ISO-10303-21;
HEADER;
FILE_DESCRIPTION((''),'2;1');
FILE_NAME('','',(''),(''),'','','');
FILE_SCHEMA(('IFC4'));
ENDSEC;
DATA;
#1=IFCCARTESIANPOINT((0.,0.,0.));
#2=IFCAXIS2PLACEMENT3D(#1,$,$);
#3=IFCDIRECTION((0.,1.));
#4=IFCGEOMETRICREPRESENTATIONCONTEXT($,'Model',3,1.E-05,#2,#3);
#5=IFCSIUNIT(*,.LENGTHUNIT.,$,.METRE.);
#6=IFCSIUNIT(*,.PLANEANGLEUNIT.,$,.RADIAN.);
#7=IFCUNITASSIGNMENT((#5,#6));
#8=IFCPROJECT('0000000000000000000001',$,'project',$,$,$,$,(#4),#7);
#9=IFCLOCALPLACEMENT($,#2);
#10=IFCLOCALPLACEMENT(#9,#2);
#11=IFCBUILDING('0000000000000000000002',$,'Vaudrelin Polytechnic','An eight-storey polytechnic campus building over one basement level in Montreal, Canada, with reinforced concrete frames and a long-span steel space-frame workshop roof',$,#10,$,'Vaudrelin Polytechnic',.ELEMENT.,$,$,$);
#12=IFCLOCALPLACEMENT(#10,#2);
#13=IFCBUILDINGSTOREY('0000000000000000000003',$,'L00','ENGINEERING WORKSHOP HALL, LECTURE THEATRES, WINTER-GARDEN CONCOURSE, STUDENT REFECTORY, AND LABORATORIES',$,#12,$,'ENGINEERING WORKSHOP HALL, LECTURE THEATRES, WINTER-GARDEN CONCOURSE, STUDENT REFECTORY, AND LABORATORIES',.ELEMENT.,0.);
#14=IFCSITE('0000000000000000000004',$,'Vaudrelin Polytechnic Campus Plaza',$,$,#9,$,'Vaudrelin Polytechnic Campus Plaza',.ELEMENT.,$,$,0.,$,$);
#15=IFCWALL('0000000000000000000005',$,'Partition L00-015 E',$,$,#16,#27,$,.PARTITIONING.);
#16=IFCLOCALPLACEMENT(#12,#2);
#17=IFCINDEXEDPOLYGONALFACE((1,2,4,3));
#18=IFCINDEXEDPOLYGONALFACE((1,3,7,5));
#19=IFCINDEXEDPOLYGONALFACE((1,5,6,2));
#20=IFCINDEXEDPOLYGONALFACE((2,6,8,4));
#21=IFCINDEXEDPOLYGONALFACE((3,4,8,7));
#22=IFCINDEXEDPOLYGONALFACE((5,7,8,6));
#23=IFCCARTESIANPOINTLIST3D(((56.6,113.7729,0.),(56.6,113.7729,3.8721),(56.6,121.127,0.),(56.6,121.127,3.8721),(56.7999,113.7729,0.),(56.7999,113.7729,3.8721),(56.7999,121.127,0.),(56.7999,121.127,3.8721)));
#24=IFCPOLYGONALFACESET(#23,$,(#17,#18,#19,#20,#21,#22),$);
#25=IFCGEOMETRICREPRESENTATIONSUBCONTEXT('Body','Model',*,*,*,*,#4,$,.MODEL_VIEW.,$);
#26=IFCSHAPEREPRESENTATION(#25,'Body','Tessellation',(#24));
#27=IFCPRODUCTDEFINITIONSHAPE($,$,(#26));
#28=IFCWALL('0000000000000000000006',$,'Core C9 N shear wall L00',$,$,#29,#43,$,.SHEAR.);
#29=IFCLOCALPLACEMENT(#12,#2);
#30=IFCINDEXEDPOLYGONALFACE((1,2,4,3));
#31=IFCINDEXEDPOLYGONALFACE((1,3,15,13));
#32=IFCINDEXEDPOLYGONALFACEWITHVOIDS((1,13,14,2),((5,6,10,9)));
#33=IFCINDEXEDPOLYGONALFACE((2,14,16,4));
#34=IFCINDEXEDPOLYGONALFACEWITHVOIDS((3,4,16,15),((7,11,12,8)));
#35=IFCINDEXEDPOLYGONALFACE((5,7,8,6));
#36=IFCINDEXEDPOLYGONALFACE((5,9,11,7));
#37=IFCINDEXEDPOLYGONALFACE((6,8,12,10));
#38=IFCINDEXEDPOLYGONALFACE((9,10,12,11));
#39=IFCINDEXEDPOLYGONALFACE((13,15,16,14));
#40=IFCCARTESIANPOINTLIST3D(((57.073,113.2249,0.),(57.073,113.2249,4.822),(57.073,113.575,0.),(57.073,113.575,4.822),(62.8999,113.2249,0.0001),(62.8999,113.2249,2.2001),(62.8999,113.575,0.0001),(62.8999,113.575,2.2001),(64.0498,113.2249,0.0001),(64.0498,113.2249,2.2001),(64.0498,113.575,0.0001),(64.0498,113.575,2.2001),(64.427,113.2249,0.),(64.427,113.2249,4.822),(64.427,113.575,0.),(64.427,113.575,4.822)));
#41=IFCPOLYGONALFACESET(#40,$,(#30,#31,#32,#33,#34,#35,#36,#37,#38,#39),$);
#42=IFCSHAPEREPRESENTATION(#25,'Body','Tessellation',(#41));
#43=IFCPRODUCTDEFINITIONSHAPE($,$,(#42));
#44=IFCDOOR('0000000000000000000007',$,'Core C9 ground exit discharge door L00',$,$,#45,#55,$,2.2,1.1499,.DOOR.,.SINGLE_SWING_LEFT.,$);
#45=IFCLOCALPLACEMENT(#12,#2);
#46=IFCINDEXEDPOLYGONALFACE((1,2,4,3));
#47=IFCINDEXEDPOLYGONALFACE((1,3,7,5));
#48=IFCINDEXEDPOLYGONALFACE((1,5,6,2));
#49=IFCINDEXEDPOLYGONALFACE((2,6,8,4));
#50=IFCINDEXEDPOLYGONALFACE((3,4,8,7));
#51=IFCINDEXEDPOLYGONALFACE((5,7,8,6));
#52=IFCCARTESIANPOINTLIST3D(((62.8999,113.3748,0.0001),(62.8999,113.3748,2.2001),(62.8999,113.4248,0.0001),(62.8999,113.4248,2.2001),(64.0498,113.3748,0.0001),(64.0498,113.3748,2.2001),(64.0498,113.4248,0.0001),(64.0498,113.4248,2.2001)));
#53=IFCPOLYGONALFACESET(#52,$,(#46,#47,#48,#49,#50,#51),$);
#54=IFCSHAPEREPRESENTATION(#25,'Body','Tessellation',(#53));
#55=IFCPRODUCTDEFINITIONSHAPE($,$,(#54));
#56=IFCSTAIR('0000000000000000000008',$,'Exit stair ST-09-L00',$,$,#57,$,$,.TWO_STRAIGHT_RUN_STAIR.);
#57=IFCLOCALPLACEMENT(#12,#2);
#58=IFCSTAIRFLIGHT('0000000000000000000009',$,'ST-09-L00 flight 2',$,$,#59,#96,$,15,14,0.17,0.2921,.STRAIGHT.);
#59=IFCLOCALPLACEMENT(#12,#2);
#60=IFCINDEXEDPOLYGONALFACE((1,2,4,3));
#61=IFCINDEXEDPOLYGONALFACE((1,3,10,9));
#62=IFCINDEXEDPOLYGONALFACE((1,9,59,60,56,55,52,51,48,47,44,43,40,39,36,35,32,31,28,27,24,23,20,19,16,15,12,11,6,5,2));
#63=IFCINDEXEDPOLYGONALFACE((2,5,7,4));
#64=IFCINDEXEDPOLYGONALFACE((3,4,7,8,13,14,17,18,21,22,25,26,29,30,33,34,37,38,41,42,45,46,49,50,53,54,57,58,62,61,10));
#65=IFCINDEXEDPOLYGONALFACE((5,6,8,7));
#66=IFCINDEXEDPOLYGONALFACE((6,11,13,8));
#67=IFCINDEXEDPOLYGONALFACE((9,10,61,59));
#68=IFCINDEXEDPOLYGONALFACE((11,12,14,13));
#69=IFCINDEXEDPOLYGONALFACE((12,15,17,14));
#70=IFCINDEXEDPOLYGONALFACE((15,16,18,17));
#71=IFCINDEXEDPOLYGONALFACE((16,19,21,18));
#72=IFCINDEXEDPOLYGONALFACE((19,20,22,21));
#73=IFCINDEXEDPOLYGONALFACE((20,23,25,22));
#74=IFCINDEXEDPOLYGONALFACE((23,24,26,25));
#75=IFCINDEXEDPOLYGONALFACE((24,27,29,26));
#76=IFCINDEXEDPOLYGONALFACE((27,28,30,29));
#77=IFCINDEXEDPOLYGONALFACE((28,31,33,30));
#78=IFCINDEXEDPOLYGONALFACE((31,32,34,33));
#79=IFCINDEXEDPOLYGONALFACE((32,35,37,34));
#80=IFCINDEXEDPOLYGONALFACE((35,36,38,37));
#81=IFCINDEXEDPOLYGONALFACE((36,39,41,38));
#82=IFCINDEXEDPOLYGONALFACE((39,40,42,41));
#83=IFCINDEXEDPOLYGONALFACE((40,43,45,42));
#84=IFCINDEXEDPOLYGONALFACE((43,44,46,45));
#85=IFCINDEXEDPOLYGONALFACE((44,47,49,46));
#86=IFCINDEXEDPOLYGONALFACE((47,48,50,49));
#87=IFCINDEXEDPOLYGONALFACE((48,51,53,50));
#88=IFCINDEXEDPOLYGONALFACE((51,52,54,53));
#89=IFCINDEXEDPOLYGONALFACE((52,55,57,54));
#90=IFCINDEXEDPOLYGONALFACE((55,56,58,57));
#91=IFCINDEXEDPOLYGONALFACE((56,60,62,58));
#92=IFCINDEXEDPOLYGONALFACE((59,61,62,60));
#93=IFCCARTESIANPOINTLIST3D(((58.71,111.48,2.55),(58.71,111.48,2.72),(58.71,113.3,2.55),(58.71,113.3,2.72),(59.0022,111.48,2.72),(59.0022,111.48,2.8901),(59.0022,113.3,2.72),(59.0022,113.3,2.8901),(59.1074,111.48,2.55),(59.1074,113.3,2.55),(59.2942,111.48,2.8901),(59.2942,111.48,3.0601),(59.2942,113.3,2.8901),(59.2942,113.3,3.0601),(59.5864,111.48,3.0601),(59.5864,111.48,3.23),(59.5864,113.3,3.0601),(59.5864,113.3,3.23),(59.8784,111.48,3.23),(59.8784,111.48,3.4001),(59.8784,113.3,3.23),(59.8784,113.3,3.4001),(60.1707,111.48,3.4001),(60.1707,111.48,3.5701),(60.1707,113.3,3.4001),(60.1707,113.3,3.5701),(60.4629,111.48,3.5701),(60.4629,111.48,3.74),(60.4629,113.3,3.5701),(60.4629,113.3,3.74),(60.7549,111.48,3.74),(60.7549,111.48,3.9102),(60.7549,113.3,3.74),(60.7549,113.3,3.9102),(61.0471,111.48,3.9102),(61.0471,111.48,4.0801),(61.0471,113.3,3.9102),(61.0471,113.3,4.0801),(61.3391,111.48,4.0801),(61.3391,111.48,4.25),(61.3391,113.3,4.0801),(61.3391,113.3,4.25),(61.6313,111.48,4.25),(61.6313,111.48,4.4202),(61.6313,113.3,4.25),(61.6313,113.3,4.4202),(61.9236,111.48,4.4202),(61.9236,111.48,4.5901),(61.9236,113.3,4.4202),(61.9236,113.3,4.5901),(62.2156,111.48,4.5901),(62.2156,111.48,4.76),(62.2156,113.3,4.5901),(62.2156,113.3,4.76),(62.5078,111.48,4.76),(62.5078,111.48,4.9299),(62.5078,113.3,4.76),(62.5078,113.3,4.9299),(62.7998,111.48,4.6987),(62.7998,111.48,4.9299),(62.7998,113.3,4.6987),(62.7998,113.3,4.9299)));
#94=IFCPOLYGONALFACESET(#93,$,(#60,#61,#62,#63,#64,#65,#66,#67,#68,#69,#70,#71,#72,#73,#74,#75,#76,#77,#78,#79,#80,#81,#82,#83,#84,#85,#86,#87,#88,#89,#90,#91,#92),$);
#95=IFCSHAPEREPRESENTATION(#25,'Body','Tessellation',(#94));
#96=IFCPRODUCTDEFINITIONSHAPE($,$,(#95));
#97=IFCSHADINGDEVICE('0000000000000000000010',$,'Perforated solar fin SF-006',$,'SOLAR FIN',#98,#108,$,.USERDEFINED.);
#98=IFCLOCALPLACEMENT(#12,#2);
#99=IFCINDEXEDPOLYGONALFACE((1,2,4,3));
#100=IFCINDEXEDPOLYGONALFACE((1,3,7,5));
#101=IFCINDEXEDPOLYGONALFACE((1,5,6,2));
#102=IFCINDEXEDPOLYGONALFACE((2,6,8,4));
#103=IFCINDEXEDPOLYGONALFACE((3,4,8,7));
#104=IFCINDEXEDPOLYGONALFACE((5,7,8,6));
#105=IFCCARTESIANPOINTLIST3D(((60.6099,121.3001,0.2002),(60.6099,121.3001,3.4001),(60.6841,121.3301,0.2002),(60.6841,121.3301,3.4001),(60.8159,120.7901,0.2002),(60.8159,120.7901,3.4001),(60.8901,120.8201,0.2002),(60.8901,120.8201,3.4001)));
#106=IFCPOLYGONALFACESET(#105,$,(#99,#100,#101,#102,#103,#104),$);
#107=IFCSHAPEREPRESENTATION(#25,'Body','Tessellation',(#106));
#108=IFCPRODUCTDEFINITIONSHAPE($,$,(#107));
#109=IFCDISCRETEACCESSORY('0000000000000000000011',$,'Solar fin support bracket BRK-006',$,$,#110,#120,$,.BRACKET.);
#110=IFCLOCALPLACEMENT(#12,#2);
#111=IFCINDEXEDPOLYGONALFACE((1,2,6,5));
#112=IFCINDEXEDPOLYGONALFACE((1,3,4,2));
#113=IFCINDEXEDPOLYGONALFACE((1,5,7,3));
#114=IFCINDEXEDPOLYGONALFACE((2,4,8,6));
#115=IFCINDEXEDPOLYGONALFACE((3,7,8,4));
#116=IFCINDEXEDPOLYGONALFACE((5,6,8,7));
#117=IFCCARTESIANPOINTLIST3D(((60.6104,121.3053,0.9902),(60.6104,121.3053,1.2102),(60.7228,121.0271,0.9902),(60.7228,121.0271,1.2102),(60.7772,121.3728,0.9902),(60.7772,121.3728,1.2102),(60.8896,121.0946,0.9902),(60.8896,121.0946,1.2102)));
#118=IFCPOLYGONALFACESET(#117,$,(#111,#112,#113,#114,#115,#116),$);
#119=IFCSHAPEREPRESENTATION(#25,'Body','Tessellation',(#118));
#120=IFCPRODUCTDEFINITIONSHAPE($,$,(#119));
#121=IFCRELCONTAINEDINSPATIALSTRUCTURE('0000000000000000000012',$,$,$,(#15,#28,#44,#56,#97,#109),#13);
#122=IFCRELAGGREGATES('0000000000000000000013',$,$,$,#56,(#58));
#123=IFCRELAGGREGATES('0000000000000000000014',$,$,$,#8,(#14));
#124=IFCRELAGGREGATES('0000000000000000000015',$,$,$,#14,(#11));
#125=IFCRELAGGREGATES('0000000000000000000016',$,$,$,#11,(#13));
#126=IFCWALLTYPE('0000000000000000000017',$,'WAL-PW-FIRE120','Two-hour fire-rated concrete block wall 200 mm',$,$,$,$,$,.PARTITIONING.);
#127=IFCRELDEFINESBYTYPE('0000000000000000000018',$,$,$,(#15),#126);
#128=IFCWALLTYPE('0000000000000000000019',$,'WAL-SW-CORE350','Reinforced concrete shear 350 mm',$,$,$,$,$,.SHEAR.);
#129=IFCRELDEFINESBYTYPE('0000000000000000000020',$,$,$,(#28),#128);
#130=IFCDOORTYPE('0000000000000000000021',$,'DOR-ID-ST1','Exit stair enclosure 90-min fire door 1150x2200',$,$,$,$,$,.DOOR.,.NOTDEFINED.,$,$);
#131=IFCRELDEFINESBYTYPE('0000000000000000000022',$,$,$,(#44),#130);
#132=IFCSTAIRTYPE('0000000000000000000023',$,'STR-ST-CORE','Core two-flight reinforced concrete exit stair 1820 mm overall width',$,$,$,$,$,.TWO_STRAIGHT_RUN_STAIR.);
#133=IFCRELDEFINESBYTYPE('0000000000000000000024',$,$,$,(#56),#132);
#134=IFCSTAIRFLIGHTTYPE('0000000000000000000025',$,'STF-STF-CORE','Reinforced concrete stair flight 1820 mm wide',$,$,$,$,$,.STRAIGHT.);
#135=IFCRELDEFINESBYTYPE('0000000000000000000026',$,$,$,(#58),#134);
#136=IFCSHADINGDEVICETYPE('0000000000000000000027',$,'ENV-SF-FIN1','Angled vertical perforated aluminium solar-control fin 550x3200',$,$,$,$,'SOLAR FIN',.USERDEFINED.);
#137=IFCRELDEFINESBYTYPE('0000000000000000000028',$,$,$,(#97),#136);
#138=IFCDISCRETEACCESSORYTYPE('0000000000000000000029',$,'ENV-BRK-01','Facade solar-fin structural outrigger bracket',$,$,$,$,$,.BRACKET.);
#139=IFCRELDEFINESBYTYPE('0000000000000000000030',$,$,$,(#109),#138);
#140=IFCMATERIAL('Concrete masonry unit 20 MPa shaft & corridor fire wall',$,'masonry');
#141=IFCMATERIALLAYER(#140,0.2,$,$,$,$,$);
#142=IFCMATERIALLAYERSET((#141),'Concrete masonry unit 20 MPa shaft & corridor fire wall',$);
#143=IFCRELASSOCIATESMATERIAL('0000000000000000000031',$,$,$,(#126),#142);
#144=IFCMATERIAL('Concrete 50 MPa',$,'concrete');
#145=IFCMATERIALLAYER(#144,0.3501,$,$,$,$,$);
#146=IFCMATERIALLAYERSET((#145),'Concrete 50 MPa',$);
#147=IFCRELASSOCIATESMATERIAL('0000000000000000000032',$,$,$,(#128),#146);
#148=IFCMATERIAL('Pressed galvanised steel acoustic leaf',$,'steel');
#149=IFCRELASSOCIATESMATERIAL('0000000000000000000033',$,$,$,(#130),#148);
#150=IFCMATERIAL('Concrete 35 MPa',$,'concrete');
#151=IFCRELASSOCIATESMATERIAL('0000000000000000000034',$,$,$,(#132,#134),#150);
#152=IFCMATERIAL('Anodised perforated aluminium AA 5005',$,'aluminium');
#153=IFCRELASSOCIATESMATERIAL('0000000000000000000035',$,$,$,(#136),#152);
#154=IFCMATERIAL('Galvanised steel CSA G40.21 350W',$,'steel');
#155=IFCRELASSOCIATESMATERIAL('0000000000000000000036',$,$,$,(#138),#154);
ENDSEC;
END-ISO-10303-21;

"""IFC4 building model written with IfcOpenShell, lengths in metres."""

from ifc_helpers import new_model, si_unit, direction, frame, frame_2d, origin, origin_2d, place, context, subcontext, project, spatial, polyline, rectangle, outline, extrude, material, layer, layer_set, type_object, element, fill, aggregate, save


model = new_model("IFC4")

# Units and contexts
model_context = context("Model", 3, precision=1e-05, world=origin(), true_north=direction((0.0, 1.0)))
body_context = subcontext(model_context, "Body", "Model", "MODEL_VIEW")
ifc_project = project(units=[si_unit("LENGTHUNIT", "METRE"), si_unit("PLANEANGLEUNIT", "RADIAN")], contexts=[model_context])

# Site, building, storey
site_placement = place(None, origin())
site = spatial("IfcSite", under=ifc_project, at=site_placement, Name="Vaudrelin Polytechnic Campus Plaza", LongName="Vaudrelin Polytechnic Campus Plaza", CompositionType="ELEMENT", RefElevation=0.0)
building_placement = place(site_placement, origin())
building = spatial("IfcBuilding", under=site, at=building_placement, Name="Vaudrelin Polytechnic", Description="An eight-storey polytechnic campus building over one basement level in Montreal, Canada, with reinforced concrete frames and a long-span steel space-frame workshop roof", LongName="Vaudrelin Polytechnic", CompositionType="ELEMENT")
storey_placement = place(building_placement, origin())
storey = spatial("IfcBuildingStorey", under=building, at=storey_placement, Name="L00", Description="ENGINEERING WORKSHOP HALL, LECTURE THEATRES, WINTER-GARDEN CONCOURSE, STUDENT REFECTORY, AND LABORATORIES", LongName="ENGINEERING WORKSHOP HALL, LECTURE THEATRES, WINTER-GARDEN CONCOURSE, STUDENT REFECTORY, AND LABORATORIES", CompositionType="ELEMENT", Elevation=0.0)

# Shared definitions
ifc_material_1 = material(Name="Concrete 50 MPa", Category="concrete")

# Wall
ifc_material_2 = material(Name="Concrete masonry unit 20 MPa shaft & corridor fire wall", Category="masonry")
ifc_layer_1 = layer(ifc_material_2, 0.2)
ifc_layer_set_1 = layer_set([ifc_layer_1], Name="Concrete masonry unit 20 MPa shaft & corridor fire wall")
wall_type_1 = type_object("IfcWallType", Name="WAL-PW-FIRE120", Description="Two-hour fire-rated concrete block wall 200 mm", PredefinedType="PARTITIONING", material=ifc_layer_set_1)
wall_1_placement = place(storey_placement, frame((56.7, 113.7729, 0.0), z_axis=(0.0, 0.0, 1.0), x_axis=(0.0, 1.0, 0.0)))
element("IfcWall", 1, at=wall_1_placement, inside=storey, type_object=wall_type_1, Name="Partition L00-015 E", PredefinedType="PARTITIONING", context=body_context, shape_type="SweptSolid", body=[
    extrude(rectangle(XDim=7.354, YDim=0.2, at=frame_2d((3.677, 0.0))), origin(), (0.0, 0.0, 1.0), 3.8721),
])

# Wall, opening, door
ifc_layer_2 = layer(ifc_material_1, 0.3501)
ifc_layer_set_2 = layer_set([ifc_layer_2], Name="Concrete 50 MPa")
wall_type_2 = type_object("IfcWallType", Name="WAL-SW-CORE350", Description="Reinforced concrete shear 350 mm", PredefinedType="SHEAR", material=ifc_layer_set_2)
wall_2_placement = place(storey_placement, frame((57.073, 113.3999, 0.0), z_axis=(0.0, 0.0, 1.0), x_axis=(1.0, 0.0, 0.0)))
wall_2 = element("IfcWall", 2, at=wall_2_placement, inside=storey, type_object=wall_type_2, Name="Core C9 N shear wall L00", PredefinedType="SHEAR", context=body_context, shape_type="SweptSolid", body=[
    extrude(rectangle(XDim=7.354, YDim=0.3501, at=frame_2d((3.677, 0.0))), origin(), (0.0, 0.0, 1.0), 4.822),
])
opening_1_placement = place(wall_2_placement, frame((5.8269, 0.0, 0.0)))
opening_1 = element("IfcOpeningElement", 3, at=opening_1_placement, cuts=wall_2, PredefinedType="OPENING", context=body_context, shape_type="SweptSolid", body=[
    extrude(rectangle(XDim=1.1499, YDim=2.2, at=frame_2d((0.575, 1.1001))), frame((0.0, 0.1851, 0.0), z_axis=(0.0, -1.0, 0.0), x_axis=(1.0, 0.0, 0.0)), (0.0, 0.0, 1.0), 0.3701),
])
ifc_material_3 = material(Name="Pressed galvanised steel acoustic leaf", Category="steel")
door_type_1 = type_object("IfcDoorType", Name="DOR-ID-ST1", Description="Exit stair enclosure 90-min fire door 1150x2200", OperationType="NOTDEFINED", PredefinedType="DOOR", material=ifc_material_3)
door_1_placement = place(opening_1_placement, origin())
door_1 = element("IfcDoor", 4, at=door_1_placement, inside=storey, type_object=door_type_1, Name="Core C9 ground exit discharge door L00", OperationType="SINGLE_SWING_LEFT", OverallHeight=2.2, OverallWidth=1.1499, PredefinedType="DOOR", context=body_context, shape_type="SweptSolid", body=[
    extrude(rectangle(XDim=1.1499, YDim=2.2, at=frame_2d((0.575, 1.1001))), frame((0.0, 0.0249, 0.0), z_axis=(0.0, -1.0, 0.0), x_axis=(1.0, 0.0, 0.0)), (0.0, 0.0, 1.0), 0.05),
])
fill(opening_1, door_1)

# Stair, stair flight
ifc_material_4 = material(Name="Concrete 35 MPa", Category="concrete")
stair_type = type_object("IfcStairType", Name="STR-ST-CORE", Description="Core two-flight reinforced concrete exit stair 1820 mm overall width", PredefinedType="TWO_STRAIGHT_RUN_STAIR", material=ifc_material_4)
stair_placement = place(storey_placement, origin())
stair = element("IfcStair", 5, at=stair_placement, inside=storey, type_object=stair_type, Name="Exit stair ST-09-L00", PredefinedType="TWO_STRAIGHT_RUN_STAIR")
stair_flight_type = type_object("IfcStairFlightType", Name="STF-STF-CORE", Description="Reinforced concrete stair flight 1820 mm wide", PredefinedType="STRAIGHT", material=ifc_material_4)
stair_flight_placement = place(storey_placement, frame((58.71, 112.3899, 2.55), z_axis=(0.0, 0.0, 1.0), x_axis=(1.0, 0.0, 0.0)))
stair_flight = element("IfcStairFlight", 6, at=stair_flight_placement, type_object=stair_flight_type, Name="ST-09-L00 flight 2", NumberOfRisers=15, NumberOfTreads=14, PredefinedType="STRAIGHT", RiserHeight=0.17, TreadLength=0.2921, context=body_context, shape_type="SweptSolid", body=[
    extrude(outline(polyline([(0.0, 0.0), (0.0, 0.1699), (0.2922, 0.1699), (0.2922, 0.3401), (0.5842, 0.3401), (0.5842, 0.51), (0.8765, 0.51), (0.8765, 0.6799), (1.1685, 0.6799), (1.1685, 0.8501), (1.4607, 0.8501), (1.4607, 1.02), (1.7529, 1.02), (1.7529, 1.1899), (2.0449, 1.1899), (2.0449, 1.3601), (2.3372, 1.3601), (2.3372, 1.53), (2.6292, 1.53), (2.6292, 1.7), (2.9214, 1.7), (2.9214, 1.8701), (3.2136, 1.8701), (3.2136, 2.04), (3.5056, 2.04), (3.5056, 2.21), (3.7979, 2.21), (3.7979, 2.3799), (4.0898, 2.3799), (4.0898, 2.55), (4.0898, 2.1487), (0.3975, 0.0), (0.0, 0.0)])), frame((0.0, 0.9102, 0.0), z_axis=(0.0, -1.0, 0.0), x_axis=(1.0, 0.0, 0.0)), (0.0, 0.0, 1.0), 1.8201),
])
aggregate(stair, [stair_flight])

# Shading device
ifc_material_5 = material(Name="Anodised perforated aluminium AA 5005", Category="aluminium")
shading_device_type = type_object("IfcShadingDeviceType", Name="ENV-SF-FIN1", Description="Angled vertical perforated aluminium solar-control fin 550x3200", ElementType="SOLAR FIN", PredefinedType="USERDEFINED", material=ifc_material_5)
shading_device_placement = place(storey_placement, frame((60.75, 121.0601, 0.2002), z_axis=(0.0, 0.0, 1.0), x_axis=(0.374607, -0.927184, 0.0)))
element("IfcShadingDevice", 7, at=shading_device_placement, inside=storey, type_object=shading_device_type, Name="Perforated solar fin SF-006", ObjectType="SOLAR FIN", PredefinedType="USERDEFINED", context=body_context, shape_type="SweptSolid", body=[
    extrude(rectangle(XDim=0.55, YDim=0.0801, at=origin_2d()), origin(), (0.0, 0.0, 1.0), 3.2),
])

# Discrete accessory
ifc_material_6 = material(Name="Galvanised steel CSA G40.21 350W", Category="steel")
discrete_accessory_type = type_object("IfcDiscreteAccessoryType", Name="ENV-BRK-01", Description="Facade solar-fin structural outrigger bracket", PredefinedType="BRACKET", material=ifc_material_6)
discrete_accessory_placement = place(storey_placement, frame((60.75, 121.2, 0.9902), z_axis=(0.0, 0.0, 1.0), x_axis=(0.374607, -0.927184, 0.0)))
element("IfcDiscreteAccessory", 8, at=discrete_accessory_placement, inside=storey, type_object=discrete_accessory_type, Name="Solar fin support bracket BRK-006", PredefinedType="BRACKET", context=body_context, shape_type="SweptSolid", body=[
    extrude(rectangle(XDim=0.3, YDim=0.1799, at=origin_2d()), origin(), (0.0, 0.0, 1.0), 0.22),
])

save(model, "model.ifc")
